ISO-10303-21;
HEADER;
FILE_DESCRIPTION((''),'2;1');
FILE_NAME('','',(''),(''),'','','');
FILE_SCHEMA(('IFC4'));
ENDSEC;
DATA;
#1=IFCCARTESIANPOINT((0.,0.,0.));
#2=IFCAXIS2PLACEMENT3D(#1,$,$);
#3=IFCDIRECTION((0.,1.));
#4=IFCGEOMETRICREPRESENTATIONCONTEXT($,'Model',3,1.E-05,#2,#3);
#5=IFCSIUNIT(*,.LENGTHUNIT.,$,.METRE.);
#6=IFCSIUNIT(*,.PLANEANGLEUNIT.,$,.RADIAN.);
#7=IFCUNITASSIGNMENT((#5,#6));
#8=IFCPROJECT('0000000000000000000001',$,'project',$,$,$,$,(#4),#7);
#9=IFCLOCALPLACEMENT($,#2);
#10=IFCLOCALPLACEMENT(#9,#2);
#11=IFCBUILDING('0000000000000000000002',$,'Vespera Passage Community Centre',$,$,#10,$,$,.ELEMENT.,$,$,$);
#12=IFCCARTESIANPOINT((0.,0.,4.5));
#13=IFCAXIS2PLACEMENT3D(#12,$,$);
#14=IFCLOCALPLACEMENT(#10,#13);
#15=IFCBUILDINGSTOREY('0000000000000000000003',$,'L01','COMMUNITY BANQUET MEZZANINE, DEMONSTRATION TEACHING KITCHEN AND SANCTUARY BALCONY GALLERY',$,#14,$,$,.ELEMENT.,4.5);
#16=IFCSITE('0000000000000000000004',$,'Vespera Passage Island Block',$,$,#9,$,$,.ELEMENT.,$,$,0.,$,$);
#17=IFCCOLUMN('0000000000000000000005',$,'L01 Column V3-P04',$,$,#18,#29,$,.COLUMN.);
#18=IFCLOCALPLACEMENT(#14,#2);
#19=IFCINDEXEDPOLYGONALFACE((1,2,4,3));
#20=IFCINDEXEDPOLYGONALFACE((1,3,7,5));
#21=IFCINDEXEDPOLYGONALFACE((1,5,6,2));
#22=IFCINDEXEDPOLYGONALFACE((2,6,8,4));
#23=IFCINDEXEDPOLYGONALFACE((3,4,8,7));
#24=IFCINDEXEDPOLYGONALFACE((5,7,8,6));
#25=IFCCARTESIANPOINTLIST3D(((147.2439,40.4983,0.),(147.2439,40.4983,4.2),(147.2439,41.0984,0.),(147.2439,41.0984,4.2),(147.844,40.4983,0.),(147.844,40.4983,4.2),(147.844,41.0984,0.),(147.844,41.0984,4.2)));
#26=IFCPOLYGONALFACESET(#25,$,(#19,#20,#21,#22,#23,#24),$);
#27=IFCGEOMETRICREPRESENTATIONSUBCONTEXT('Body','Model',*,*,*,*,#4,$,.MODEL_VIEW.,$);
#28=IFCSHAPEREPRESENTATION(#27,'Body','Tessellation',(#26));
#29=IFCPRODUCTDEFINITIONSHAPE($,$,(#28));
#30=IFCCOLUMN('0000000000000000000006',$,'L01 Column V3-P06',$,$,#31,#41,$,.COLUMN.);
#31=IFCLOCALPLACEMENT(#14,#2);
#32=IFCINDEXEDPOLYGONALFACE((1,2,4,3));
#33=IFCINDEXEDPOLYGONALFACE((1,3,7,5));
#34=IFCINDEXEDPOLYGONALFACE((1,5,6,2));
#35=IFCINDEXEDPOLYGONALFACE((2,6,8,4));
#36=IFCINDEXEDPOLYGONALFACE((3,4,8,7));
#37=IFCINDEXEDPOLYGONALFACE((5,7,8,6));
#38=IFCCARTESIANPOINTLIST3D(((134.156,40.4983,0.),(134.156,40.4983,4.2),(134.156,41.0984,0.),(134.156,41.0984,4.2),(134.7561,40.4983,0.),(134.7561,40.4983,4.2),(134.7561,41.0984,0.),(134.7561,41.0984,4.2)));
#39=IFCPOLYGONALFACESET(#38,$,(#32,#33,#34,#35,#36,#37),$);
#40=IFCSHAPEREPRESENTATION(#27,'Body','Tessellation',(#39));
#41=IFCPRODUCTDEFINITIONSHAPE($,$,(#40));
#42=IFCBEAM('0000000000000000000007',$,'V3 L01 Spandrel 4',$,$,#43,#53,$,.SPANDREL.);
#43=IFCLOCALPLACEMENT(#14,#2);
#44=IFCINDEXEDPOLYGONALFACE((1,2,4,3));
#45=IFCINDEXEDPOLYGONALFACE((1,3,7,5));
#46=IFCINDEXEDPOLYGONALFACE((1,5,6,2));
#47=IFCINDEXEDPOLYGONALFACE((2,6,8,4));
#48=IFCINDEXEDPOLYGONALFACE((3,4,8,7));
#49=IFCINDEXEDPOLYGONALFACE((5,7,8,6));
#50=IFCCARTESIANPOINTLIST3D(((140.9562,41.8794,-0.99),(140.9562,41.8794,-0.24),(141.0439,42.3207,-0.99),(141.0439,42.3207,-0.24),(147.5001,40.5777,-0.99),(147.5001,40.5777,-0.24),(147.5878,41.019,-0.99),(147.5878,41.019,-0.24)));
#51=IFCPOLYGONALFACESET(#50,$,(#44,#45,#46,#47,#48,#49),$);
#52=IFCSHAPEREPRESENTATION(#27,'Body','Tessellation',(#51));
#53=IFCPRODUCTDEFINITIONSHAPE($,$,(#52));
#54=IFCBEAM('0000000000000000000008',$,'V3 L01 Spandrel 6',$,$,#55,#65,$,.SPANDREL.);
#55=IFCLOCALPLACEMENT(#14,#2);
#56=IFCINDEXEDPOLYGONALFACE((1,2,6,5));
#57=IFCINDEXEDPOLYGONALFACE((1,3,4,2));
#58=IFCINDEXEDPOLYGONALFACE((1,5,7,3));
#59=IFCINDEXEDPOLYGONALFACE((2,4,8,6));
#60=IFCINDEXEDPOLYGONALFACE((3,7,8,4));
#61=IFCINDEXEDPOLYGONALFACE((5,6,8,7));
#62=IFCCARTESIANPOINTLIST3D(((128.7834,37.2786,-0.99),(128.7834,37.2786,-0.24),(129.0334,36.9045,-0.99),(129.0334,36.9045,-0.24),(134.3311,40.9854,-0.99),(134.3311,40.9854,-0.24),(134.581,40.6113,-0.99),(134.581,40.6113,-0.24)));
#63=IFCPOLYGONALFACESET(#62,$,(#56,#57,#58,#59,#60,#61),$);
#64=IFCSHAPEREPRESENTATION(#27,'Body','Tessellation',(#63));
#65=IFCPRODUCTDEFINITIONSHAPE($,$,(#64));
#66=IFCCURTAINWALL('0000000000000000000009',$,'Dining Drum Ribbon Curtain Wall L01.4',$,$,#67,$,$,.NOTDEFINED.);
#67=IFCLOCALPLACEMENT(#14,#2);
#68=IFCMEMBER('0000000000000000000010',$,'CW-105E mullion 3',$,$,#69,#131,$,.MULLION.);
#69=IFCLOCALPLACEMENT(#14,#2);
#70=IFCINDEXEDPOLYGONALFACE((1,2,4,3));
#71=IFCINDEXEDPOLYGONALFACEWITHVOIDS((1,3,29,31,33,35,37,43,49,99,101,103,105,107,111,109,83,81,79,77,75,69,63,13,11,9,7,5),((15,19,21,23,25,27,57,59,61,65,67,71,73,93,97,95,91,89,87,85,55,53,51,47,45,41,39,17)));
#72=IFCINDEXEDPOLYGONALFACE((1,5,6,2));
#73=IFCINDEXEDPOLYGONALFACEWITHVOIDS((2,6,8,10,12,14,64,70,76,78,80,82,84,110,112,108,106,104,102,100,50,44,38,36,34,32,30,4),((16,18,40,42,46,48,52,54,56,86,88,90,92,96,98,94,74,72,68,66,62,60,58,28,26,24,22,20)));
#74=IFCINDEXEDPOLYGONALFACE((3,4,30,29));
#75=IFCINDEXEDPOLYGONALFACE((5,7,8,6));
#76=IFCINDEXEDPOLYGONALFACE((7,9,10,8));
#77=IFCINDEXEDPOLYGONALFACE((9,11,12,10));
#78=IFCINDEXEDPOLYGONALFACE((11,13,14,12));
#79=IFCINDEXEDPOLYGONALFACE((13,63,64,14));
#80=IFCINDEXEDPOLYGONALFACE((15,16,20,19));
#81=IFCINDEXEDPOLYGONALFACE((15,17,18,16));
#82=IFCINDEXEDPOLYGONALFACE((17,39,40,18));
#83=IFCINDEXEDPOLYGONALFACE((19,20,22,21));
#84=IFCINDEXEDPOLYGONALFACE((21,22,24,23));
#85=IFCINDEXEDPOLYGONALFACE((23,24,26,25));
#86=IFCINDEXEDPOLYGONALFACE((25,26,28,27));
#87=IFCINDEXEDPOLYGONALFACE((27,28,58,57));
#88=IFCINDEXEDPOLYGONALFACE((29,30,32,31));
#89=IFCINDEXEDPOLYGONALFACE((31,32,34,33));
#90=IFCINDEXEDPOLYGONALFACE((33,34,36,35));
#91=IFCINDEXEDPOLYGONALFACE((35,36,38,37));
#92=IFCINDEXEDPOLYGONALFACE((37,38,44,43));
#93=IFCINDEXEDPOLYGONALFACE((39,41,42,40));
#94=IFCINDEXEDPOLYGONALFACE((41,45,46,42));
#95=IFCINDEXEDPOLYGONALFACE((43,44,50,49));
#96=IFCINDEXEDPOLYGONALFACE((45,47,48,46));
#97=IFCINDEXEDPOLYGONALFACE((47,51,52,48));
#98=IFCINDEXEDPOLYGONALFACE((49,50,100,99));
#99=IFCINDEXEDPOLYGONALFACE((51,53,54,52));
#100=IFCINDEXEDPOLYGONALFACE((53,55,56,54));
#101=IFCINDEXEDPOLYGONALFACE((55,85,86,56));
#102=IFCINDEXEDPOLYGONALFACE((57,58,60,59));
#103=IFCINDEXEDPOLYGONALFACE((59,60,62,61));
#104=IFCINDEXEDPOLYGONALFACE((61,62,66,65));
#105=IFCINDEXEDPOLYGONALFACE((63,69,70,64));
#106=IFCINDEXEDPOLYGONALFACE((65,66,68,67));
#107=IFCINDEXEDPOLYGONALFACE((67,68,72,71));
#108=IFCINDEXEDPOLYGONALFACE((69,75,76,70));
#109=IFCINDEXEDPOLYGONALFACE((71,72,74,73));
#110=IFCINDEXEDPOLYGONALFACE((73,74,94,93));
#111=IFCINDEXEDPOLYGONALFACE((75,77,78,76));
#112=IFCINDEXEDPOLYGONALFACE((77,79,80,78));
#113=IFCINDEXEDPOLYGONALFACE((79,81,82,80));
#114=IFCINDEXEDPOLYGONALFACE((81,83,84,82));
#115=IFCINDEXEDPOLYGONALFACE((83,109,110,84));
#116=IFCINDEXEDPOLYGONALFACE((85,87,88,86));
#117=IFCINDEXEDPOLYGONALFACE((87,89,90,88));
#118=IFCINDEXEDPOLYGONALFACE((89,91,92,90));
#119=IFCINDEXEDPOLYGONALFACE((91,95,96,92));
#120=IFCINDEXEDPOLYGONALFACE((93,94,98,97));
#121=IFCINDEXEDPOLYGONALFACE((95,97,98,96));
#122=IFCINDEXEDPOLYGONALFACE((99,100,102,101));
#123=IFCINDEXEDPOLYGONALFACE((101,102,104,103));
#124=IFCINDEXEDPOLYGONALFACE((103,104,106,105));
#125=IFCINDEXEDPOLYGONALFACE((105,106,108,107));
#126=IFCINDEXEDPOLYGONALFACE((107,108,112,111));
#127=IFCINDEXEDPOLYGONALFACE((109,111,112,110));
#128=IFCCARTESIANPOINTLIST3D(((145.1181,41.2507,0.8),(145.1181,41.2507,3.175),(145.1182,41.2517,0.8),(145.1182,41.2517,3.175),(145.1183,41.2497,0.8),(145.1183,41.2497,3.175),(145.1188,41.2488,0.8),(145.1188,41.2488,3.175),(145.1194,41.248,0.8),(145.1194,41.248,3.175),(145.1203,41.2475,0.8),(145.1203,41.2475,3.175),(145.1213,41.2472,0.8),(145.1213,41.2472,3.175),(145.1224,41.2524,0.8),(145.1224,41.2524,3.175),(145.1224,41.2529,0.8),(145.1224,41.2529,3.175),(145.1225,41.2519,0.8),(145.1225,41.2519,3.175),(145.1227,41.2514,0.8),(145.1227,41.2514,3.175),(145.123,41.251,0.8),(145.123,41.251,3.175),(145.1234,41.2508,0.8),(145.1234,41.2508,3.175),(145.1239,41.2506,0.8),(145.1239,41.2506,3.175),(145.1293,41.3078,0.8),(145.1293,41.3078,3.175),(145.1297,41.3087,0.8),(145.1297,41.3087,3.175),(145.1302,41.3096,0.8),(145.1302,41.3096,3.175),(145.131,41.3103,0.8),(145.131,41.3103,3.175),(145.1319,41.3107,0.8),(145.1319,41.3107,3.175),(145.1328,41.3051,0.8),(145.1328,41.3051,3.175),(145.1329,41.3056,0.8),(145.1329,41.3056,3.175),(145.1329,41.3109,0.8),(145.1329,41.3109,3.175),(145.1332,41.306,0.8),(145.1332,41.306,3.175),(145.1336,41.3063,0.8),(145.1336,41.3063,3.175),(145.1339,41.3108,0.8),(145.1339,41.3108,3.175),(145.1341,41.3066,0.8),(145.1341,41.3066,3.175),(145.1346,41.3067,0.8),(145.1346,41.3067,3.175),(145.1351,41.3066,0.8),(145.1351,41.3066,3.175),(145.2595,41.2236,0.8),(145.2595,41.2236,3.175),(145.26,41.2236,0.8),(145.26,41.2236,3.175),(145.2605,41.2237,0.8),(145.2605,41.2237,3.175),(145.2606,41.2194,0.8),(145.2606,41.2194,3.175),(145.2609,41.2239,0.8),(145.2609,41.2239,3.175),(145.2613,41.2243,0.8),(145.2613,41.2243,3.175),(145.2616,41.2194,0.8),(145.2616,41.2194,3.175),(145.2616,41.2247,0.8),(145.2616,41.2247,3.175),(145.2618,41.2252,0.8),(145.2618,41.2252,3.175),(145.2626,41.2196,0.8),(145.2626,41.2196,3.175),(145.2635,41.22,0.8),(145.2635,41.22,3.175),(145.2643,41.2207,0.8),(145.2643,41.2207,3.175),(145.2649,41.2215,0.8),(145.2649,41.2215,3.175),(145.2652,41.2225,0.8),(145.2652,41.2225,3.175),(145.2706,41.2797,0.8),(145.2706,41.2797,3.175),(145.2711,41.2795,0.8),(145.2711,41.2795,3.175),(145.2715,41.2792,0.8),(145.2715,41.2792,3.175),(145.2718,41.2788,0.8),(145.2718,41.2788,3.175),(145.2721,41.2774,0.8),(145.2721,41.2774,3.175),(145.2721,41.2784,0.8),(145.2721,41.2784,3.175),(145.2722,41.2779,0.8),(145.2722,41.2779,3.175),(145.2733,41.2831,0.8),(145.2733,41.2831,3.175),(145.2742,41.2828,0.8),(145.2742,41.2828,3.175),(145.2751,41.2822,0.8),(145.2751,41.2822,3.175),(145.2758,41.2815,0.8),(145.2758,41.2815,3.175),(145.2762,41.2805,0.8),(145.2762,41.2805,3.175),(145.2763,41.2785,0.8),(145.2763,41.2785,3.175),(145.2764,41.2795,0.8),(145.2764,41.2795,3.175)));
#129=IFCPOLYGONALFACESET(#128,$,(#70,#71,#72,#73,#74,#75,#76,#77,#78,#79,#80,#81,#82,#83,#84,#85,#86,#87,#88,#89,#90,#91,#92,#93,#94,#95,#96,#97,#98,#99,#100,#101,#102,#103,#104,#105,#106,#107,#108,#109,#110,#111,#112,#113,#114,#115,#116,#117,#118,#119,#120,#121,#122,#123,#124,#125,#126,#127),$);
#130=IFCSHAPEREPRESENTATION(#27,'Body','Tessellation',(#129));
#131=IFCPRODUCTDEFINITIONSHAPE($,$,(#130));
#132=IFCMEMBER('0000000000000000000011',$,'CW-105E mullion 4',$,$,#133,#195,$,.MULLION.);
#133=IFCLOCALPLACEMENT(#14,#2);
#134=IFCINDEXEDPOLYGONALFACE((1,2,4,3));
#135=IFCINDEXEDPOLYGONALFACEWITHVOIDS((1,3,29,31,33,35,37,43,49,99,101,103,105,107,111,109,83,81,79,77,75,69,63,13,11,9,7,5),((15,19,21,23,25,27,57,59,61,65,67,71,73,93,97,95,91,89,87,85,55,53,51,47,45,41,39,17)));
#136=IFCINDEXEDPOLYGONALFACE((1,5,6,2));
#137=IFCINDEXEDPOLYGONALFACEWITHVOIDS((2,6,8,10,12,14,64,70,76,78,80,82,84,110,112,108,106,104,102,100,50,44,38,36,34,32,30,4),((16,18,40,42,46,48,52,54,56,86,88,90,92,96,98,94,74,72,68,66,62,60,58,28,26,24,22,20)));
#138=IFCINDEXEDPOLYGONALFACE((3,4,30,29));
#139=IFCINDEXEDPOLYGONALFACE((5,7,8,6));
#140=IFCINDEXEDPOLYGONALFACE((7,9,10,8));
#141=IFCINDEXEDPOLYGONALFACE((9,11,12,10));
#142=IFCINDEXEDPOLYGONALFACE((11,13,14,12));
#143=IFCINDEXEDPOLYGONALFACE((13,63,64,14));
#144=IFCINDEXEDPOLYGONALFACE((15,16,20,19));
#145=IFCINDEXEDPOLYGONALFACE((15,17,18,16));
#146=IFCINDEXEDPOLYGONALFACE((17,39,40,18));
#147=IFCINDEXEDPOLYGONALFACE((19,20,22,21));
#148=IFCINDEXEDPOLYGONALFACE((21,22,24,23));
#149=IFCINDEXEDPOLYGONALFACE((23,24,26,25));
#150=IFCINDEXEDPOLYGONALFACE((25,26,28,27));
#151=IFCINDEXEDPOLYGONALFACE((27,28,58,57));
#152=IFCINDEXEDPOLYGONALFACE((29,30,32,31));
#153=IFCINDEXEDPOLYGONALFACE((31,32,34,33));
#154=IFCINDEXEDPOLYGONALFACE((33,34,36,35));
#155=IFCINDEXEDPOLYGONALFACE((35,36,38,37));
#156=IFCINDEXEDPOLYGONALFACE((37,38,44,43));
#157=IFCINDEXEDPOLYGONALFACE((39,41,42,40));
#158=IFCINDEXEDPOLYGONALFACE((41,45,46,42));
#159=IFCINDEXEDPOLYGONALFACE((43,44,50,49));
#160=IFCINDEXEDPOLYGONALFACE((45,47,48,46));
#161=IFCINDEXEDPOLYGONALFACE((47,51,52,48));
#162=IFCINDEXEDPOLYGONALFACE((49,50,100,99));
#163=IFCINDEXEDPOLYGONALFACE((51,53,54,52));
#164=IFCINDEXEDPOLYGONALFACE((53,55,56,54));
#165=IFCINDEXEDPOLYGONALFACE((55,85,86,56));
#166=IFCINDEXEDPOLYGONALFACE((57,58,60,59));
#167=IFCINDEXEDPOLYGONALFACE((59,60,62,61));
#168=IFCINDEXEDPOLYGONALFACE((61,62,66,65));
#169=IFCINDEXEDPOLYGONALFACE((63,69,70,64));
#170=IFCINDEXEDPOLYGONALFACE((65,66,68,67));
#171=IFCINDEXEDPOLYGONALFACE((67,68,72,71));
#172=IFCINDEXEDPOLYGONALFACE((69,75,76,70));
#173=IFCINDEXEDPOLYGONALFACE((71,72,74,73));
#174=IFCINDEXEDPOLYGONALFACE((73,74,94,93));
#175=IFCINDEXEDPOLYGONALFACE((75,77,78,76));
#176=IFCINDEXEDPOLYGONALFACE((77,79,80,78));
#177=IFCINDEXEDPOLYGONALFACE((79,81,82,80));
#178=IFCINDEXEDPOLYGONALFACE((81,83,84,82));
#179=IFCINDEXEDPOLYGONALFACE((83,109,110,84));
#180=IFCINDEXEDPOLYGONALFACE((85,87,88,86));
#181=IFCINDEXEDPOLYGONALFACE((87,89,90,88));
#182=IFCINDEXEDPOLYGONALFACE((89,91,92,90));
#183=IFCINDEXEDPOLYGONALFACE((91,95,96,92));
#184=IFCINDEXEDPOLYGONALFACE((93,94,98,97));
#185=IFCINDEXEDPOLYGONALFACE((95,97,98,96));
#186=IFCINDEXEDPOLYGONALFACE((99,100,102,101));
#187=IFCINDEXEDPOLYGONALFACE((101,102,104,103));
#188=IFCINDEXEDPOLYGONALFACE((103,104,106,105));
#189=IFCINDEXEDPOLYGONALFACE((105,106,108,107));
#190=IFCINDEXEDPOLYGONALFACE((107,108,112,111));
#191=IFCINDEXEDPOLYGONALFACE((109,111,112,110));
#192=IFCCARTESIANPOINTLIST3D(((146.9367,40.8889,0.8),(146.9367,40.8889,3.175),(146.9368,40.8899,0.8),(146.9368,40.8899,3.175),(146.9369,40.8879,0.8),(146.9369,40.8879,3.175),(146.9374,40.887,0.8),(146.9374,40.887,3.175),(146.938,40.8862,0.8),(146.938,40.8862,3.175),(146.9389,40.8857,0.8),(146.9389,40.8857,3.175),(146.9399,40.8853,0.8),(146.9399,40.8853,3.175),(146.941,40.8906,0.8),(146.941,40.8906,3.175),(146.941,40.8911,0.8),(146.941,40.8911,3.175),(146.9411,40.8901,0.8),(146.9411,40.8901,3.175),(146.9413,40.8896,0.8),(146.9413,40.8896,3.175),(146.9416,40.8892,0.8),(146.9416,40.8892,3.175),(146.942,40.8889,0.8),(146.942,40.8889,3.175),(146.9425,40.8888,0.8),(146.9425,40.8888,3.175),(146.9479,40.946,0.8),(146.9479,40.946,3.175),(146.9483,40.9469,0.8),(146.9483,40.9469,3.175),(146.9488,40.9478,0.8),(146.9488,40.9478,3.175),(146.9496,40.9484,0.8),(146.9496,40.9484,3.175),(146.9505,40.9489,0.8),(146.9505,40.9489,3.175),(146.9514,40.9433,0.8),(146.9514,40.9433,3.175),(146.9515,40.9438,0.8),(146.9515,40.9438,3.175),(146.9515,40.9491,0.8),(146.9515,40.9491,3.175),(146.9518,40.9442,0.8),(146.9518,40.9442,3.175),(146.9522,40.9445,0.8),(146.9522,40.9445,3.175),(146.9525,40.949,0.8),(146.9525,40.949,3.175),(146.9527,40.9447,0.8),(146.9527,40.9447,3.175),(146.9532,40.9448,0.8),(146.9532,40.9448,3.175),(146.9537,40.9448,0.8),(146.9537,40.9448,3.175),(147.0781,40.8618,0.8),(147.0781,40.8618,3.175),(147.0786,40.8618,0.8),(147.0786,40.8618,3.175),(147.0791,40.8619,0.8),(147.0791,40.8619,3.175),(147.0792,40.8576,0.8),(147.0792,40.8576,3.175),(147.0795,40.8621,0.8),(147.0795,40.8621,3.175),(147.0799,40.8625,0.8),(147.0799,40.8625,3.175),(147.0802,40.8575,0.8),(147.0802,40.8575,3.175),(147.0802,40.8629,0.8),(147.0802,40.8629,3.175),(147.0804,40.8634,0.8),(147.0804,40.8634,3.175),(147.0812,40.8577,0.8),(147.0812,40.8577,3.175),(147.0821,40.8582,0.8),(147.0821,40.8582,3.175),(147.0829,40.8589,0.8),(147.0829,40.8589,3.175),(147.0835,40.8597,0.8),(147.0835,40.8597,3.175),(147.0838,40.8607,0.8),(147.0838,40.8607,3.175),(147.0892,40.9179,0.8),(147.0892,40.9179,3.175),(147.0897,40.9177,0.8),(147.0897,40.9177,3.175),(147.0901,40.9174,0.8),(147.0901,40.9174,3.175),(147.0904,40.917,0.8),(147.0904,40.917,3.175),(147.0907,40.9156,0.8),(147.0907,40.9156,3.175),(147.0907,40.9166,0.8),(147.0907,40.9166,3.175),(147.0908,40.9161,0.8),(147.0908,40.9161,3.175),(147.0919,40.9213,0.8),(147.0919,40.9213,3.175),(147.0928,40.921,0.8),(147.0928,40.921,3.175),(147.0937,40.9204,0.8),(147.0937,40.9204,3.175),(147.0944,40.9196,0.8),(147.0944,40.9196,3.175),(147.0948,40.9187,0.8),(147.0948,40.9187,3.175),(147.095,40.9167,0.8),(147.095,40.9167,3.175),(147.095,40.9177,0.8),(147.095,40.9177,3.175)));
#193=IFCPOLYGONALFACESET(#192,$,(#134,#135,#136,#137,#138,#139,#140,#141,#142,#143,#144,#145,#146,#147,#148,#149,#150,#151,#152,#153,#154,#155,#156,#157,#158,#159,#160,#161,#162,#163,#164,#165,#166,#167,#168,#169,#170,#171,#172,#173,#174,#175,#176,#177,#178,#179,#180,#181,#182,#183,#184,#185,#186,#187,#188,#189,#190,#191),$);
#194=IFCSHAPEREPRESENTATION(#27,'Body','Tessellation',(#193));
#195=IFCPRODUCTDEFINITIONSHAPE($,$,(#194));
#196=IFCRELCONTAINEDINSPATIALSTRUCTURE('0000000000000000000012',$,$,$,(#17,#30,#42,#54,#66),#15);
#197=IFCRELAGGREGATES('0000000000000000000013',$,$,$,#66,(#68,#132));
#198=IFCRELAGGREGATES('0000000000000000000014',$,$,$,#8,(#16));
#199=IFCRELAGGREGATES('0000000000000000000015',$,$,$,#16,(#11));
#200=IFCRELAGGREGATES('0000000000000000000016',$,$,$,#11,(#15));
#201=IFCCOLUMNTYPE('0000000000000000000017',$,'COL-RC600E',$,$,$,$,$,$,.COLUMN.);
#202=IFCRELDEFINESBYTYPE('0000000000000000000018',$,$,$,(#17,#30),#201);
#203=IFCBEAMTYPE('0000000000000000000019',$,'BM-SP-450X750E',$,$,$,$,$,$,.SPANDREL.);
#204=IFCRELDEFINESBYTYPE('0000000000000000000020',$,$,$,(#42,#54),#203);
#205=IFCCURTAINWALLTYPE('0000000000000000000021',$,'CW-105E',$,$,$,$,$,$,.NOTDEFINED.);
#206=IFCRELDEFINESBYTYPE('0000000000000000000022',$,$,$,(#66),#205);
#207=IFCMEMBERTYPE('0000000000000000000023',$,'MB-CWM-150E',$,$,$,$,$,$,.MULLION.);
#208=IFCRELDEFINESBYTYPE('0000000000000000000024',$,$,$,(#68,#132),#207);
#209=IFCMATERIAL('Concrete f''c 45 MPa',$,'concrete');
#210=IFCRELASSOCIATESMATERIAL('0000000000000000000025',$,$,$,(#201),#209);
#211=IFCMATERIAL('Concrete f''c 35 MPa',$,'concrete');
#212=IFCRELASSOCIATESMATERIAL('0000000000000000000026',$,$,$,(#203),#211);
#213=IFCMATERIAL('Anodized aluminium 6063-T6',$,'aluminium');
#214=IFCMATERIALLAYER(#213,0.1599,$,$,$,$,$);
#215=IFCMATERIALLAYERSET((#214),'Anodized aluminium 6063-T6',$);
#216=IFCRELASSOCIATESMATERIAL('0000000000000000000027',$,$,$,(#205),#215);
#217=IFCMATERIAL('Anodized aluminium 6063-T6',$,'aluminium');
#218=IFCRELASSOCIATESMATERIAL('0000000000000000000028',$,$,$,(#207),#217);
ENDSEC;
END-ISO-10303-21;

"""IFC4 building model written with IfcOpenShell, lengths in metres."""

from ifc_helpers import new_model, si_unit, direction, frame, origin, origin_2d, place, context, subcontext, project, spatial, rectangle, hollow_rectangle, extrude, material, layer, layer_set, material_profile, profile_set, type_object, element, aggregate, save


model = new_model("IFC4")

# Units and contexts
model_context = context("Model", 3, precision=1e-05, world=origin(), true_north=direction((0.0, 1.0)))
body_context = subcontext(model_context, "Body", "Model", "MODEL_VIEW")
ifc_project = project(units=[si_unit("LENGTHUNIT", "METRE"), si_unit("PLANEANGLEUNIT", "RADIAN")], contexts=[model_context])

# Site, building, storey
site_placement = place(None, origin())
site = spatial("IfcSite", under=ifc_project, at=site_placement, Name="Vespera Passage Island Block", CompositionType="ELEMENT", RefElevation=0.0)
building_placement = place(site_placement, origin())
building = spatial("IfcBuilding", under=site, at=building_placement, Name="Vespera Passage Community Centre", CompositionType="ELEMENT")
storey_placement = place(building_placement, frame((0.0, 0.0, 4.5)))
storey = spatial("IfcBuildingStorey", under=building, at=storey_placement, Name="L01", Description="COMMUNITY BANQUET MEZZANINE, DEMONSTRATION TEACHING KITCHEN AND SANCTUARY BALCONY GALLERY", CompositionType="ELEMENT", Elevation=4.5)

# Columns
ifc_material_1 = material(Name="Concrete f'c 45 MPa", Category="concrete")
ifc_material_profile_1 = material_profile(ifc_material_1, rectangle(XDim=0.6001, YDim=0.6001, at=origin_2d()), Name="RC600X600")
ifc_profile_set_1 = profile_set([ifc_material_profile_1], Name="Concrete f'c 45 MPa")
column_type = type_object("IfcColumnType", Name="COL-RC600E", PredefinedType="COLUMN", material=ifc_profile_set_1)
for number, where, z_axis, x_axis, name in (
    (1, (147.5439, 40.7983, 0.0), (0.0, 0.0, 1.0), (1.0, 0.0, 0.0), "L01 Column V3-P04"),
    (2, (134.4561, 40.7983, 0.0), (0.0, 0.0, 1.0), (1.0, 0.0, 0.0), "L01 Column V3-P06"),
):
    element("IfcColumn", number, at=place(storey_placement, frame(where, z_axis=z_axis, x_axis=x_axis)), inside=storey, type_object=column_type, Name=name, PredefinedType="COLUMN", context=body_context, shape_type="SweptSolid", body=[
        extrude(rectangle(XDim=0.6001, YDim=0.6001, at=origin_2d()), origin(), (0.0, 0.0, 1.0), 4.2),
    ])

# Beams
ifc_material_2 = material(Name="Concrete f'c 35 MPa", Category="concrete")
ifc_material_profile_2 = material_profile(ifc_material_2, rectangle(XDim=0.45, YDim=0.75, at=origin_2d()), Name="RC450X750")
ifc_profile_set_2 = profile_set([ifc_material_profile_2], Name="Concrete f'c 35 MPa")
beam_type = type_object("IfcBeamType", Name="BM-SP-450X750E", PredefinedType="SPANDREL", material=ifc_profile_set_2)
for number, where, z_axis, x_axis, name in (
    (3, (147.5439, 40.7983, -0.615), (-0.980783, 0.195103, 0.0), (-0.195103, -0.980783, 0.0), "V3 L01 Spandrel 4"),
    (4, (134.4561, 40.7983, -0.615), (-0.83147, -0.55557, 0.0), (0.55557, -0.83147, 0.0), "V3 L01 Spandrel 6"),
):
    element("IfcBeam", number, at=place(storey_placement, frame(where, z_axis=z_axis, x_axis=x_axis)), inside=storey, type_object=beam_type, Name=name, PredefinedType="SPANDREL", context=body_context, shape_type="SweptSolid", body=[
        extrude(rectangle(XDim=0.45, YDim=0.75, at=origin_2d()), origin(), (0.0, 0.0, 1.0), 6.6721),
    ])

# Curtain wall, members
ifc_material_3 = material(Name="Anodized aluminium 6063-T6", Category="aluminium")
ifc_layer_1 = layer(ifc_material_3, 0.1599)
ifc_layer_set_1 = layer_set([ifc_layer_1], Name="Anodized aluminium 6063-T6")
curtain_wall_type_1 = type_object("IfcCurtainWallType", Name="CW-105E", PredefinedType="NOTDEFINED", material=ifc_layer_set_1)
curtain_wall_1_placement = place(storey_placement, origin())
curtain_wall_1 = element("IfcCurtainWall", 5, at=curtain_wall_1_placement, inside=storey, type_object=curtain_wall_type_1, Name="Dining Drum Ribbon Curtain Wall L01.4", PredefinedType="NOTDEFINED")
ifc_material_4 = material(Name="Anodized aluminium 6063-T6", Category="aluminium")
ifc_material_profile_3 = material_profile(ifc_material_4, hollow_rectangle(XDim=0.0649, YDim=0.1499, WallThickness=0.0039, InnerFilletRadius=0.002, OuterFilletRadius=0.0039, at=origin_2d()), Name="ALU150X65X4")
ifc_profile_set_3 = profile_set([ifc_material_profile_3], Name="Anodized aluminium 6063-T6")
member_type_1 = type_object("IfcMemberType", Name="MB-CWM-150E", PredefinedType="MULLION", material=ifc_profile_set_3)
member_1_placement = place(storey_placement, frame((145.1973, 41.2651, 0.8), z_axis=(0.0, 0.0, 1.0), x_axis=(0.195097, 0.980784, 0.0)))
member_1 = element("IfcMember", 6, at=member_1_placement, type_object=member_type_1, Name="CW-105E mullion 3", PredefinedType="MULLION", context=body_context, shape_type="SweptSolid", body=[
    extrude(hollow_rectangle(XDim=0.0649, YDim=0.1499, WallThickness=0.0039, InnerFilletRadius=0.002, OuterFilletRadius=0.0039, at=origin_2d()), origin(), (0.0, 0.0, 1.0), 2.375),
])
member_2_placement = place(storey_placement, frame((147.0159, 40.9033, 0.8), z_axis=(0.0, 0.0, 1.0), x_axis=(0.195097, 0.980784, 0.0)))
member_2 = element("IfcMember", 7, at=member_2_placement, type_object=member_type_1, Name="CW-105E mullion 4", PredefinedType="MULLION", context=body_context, shape_type="SweptSolid", body=[
    extrude(hollow_rectangle(XDim=0.0649, YDim=0.1499, WallThickness=0.0039, InnerFilletRadius=0.002, OuterFilletRadius=0.0039, at=origin_2d()), origin(), (0.0, 0.0, 1.0), 2.375),
])

aggregate(curtain_wall_1, [member_1, member_2])

save(model, "model.ifc")
